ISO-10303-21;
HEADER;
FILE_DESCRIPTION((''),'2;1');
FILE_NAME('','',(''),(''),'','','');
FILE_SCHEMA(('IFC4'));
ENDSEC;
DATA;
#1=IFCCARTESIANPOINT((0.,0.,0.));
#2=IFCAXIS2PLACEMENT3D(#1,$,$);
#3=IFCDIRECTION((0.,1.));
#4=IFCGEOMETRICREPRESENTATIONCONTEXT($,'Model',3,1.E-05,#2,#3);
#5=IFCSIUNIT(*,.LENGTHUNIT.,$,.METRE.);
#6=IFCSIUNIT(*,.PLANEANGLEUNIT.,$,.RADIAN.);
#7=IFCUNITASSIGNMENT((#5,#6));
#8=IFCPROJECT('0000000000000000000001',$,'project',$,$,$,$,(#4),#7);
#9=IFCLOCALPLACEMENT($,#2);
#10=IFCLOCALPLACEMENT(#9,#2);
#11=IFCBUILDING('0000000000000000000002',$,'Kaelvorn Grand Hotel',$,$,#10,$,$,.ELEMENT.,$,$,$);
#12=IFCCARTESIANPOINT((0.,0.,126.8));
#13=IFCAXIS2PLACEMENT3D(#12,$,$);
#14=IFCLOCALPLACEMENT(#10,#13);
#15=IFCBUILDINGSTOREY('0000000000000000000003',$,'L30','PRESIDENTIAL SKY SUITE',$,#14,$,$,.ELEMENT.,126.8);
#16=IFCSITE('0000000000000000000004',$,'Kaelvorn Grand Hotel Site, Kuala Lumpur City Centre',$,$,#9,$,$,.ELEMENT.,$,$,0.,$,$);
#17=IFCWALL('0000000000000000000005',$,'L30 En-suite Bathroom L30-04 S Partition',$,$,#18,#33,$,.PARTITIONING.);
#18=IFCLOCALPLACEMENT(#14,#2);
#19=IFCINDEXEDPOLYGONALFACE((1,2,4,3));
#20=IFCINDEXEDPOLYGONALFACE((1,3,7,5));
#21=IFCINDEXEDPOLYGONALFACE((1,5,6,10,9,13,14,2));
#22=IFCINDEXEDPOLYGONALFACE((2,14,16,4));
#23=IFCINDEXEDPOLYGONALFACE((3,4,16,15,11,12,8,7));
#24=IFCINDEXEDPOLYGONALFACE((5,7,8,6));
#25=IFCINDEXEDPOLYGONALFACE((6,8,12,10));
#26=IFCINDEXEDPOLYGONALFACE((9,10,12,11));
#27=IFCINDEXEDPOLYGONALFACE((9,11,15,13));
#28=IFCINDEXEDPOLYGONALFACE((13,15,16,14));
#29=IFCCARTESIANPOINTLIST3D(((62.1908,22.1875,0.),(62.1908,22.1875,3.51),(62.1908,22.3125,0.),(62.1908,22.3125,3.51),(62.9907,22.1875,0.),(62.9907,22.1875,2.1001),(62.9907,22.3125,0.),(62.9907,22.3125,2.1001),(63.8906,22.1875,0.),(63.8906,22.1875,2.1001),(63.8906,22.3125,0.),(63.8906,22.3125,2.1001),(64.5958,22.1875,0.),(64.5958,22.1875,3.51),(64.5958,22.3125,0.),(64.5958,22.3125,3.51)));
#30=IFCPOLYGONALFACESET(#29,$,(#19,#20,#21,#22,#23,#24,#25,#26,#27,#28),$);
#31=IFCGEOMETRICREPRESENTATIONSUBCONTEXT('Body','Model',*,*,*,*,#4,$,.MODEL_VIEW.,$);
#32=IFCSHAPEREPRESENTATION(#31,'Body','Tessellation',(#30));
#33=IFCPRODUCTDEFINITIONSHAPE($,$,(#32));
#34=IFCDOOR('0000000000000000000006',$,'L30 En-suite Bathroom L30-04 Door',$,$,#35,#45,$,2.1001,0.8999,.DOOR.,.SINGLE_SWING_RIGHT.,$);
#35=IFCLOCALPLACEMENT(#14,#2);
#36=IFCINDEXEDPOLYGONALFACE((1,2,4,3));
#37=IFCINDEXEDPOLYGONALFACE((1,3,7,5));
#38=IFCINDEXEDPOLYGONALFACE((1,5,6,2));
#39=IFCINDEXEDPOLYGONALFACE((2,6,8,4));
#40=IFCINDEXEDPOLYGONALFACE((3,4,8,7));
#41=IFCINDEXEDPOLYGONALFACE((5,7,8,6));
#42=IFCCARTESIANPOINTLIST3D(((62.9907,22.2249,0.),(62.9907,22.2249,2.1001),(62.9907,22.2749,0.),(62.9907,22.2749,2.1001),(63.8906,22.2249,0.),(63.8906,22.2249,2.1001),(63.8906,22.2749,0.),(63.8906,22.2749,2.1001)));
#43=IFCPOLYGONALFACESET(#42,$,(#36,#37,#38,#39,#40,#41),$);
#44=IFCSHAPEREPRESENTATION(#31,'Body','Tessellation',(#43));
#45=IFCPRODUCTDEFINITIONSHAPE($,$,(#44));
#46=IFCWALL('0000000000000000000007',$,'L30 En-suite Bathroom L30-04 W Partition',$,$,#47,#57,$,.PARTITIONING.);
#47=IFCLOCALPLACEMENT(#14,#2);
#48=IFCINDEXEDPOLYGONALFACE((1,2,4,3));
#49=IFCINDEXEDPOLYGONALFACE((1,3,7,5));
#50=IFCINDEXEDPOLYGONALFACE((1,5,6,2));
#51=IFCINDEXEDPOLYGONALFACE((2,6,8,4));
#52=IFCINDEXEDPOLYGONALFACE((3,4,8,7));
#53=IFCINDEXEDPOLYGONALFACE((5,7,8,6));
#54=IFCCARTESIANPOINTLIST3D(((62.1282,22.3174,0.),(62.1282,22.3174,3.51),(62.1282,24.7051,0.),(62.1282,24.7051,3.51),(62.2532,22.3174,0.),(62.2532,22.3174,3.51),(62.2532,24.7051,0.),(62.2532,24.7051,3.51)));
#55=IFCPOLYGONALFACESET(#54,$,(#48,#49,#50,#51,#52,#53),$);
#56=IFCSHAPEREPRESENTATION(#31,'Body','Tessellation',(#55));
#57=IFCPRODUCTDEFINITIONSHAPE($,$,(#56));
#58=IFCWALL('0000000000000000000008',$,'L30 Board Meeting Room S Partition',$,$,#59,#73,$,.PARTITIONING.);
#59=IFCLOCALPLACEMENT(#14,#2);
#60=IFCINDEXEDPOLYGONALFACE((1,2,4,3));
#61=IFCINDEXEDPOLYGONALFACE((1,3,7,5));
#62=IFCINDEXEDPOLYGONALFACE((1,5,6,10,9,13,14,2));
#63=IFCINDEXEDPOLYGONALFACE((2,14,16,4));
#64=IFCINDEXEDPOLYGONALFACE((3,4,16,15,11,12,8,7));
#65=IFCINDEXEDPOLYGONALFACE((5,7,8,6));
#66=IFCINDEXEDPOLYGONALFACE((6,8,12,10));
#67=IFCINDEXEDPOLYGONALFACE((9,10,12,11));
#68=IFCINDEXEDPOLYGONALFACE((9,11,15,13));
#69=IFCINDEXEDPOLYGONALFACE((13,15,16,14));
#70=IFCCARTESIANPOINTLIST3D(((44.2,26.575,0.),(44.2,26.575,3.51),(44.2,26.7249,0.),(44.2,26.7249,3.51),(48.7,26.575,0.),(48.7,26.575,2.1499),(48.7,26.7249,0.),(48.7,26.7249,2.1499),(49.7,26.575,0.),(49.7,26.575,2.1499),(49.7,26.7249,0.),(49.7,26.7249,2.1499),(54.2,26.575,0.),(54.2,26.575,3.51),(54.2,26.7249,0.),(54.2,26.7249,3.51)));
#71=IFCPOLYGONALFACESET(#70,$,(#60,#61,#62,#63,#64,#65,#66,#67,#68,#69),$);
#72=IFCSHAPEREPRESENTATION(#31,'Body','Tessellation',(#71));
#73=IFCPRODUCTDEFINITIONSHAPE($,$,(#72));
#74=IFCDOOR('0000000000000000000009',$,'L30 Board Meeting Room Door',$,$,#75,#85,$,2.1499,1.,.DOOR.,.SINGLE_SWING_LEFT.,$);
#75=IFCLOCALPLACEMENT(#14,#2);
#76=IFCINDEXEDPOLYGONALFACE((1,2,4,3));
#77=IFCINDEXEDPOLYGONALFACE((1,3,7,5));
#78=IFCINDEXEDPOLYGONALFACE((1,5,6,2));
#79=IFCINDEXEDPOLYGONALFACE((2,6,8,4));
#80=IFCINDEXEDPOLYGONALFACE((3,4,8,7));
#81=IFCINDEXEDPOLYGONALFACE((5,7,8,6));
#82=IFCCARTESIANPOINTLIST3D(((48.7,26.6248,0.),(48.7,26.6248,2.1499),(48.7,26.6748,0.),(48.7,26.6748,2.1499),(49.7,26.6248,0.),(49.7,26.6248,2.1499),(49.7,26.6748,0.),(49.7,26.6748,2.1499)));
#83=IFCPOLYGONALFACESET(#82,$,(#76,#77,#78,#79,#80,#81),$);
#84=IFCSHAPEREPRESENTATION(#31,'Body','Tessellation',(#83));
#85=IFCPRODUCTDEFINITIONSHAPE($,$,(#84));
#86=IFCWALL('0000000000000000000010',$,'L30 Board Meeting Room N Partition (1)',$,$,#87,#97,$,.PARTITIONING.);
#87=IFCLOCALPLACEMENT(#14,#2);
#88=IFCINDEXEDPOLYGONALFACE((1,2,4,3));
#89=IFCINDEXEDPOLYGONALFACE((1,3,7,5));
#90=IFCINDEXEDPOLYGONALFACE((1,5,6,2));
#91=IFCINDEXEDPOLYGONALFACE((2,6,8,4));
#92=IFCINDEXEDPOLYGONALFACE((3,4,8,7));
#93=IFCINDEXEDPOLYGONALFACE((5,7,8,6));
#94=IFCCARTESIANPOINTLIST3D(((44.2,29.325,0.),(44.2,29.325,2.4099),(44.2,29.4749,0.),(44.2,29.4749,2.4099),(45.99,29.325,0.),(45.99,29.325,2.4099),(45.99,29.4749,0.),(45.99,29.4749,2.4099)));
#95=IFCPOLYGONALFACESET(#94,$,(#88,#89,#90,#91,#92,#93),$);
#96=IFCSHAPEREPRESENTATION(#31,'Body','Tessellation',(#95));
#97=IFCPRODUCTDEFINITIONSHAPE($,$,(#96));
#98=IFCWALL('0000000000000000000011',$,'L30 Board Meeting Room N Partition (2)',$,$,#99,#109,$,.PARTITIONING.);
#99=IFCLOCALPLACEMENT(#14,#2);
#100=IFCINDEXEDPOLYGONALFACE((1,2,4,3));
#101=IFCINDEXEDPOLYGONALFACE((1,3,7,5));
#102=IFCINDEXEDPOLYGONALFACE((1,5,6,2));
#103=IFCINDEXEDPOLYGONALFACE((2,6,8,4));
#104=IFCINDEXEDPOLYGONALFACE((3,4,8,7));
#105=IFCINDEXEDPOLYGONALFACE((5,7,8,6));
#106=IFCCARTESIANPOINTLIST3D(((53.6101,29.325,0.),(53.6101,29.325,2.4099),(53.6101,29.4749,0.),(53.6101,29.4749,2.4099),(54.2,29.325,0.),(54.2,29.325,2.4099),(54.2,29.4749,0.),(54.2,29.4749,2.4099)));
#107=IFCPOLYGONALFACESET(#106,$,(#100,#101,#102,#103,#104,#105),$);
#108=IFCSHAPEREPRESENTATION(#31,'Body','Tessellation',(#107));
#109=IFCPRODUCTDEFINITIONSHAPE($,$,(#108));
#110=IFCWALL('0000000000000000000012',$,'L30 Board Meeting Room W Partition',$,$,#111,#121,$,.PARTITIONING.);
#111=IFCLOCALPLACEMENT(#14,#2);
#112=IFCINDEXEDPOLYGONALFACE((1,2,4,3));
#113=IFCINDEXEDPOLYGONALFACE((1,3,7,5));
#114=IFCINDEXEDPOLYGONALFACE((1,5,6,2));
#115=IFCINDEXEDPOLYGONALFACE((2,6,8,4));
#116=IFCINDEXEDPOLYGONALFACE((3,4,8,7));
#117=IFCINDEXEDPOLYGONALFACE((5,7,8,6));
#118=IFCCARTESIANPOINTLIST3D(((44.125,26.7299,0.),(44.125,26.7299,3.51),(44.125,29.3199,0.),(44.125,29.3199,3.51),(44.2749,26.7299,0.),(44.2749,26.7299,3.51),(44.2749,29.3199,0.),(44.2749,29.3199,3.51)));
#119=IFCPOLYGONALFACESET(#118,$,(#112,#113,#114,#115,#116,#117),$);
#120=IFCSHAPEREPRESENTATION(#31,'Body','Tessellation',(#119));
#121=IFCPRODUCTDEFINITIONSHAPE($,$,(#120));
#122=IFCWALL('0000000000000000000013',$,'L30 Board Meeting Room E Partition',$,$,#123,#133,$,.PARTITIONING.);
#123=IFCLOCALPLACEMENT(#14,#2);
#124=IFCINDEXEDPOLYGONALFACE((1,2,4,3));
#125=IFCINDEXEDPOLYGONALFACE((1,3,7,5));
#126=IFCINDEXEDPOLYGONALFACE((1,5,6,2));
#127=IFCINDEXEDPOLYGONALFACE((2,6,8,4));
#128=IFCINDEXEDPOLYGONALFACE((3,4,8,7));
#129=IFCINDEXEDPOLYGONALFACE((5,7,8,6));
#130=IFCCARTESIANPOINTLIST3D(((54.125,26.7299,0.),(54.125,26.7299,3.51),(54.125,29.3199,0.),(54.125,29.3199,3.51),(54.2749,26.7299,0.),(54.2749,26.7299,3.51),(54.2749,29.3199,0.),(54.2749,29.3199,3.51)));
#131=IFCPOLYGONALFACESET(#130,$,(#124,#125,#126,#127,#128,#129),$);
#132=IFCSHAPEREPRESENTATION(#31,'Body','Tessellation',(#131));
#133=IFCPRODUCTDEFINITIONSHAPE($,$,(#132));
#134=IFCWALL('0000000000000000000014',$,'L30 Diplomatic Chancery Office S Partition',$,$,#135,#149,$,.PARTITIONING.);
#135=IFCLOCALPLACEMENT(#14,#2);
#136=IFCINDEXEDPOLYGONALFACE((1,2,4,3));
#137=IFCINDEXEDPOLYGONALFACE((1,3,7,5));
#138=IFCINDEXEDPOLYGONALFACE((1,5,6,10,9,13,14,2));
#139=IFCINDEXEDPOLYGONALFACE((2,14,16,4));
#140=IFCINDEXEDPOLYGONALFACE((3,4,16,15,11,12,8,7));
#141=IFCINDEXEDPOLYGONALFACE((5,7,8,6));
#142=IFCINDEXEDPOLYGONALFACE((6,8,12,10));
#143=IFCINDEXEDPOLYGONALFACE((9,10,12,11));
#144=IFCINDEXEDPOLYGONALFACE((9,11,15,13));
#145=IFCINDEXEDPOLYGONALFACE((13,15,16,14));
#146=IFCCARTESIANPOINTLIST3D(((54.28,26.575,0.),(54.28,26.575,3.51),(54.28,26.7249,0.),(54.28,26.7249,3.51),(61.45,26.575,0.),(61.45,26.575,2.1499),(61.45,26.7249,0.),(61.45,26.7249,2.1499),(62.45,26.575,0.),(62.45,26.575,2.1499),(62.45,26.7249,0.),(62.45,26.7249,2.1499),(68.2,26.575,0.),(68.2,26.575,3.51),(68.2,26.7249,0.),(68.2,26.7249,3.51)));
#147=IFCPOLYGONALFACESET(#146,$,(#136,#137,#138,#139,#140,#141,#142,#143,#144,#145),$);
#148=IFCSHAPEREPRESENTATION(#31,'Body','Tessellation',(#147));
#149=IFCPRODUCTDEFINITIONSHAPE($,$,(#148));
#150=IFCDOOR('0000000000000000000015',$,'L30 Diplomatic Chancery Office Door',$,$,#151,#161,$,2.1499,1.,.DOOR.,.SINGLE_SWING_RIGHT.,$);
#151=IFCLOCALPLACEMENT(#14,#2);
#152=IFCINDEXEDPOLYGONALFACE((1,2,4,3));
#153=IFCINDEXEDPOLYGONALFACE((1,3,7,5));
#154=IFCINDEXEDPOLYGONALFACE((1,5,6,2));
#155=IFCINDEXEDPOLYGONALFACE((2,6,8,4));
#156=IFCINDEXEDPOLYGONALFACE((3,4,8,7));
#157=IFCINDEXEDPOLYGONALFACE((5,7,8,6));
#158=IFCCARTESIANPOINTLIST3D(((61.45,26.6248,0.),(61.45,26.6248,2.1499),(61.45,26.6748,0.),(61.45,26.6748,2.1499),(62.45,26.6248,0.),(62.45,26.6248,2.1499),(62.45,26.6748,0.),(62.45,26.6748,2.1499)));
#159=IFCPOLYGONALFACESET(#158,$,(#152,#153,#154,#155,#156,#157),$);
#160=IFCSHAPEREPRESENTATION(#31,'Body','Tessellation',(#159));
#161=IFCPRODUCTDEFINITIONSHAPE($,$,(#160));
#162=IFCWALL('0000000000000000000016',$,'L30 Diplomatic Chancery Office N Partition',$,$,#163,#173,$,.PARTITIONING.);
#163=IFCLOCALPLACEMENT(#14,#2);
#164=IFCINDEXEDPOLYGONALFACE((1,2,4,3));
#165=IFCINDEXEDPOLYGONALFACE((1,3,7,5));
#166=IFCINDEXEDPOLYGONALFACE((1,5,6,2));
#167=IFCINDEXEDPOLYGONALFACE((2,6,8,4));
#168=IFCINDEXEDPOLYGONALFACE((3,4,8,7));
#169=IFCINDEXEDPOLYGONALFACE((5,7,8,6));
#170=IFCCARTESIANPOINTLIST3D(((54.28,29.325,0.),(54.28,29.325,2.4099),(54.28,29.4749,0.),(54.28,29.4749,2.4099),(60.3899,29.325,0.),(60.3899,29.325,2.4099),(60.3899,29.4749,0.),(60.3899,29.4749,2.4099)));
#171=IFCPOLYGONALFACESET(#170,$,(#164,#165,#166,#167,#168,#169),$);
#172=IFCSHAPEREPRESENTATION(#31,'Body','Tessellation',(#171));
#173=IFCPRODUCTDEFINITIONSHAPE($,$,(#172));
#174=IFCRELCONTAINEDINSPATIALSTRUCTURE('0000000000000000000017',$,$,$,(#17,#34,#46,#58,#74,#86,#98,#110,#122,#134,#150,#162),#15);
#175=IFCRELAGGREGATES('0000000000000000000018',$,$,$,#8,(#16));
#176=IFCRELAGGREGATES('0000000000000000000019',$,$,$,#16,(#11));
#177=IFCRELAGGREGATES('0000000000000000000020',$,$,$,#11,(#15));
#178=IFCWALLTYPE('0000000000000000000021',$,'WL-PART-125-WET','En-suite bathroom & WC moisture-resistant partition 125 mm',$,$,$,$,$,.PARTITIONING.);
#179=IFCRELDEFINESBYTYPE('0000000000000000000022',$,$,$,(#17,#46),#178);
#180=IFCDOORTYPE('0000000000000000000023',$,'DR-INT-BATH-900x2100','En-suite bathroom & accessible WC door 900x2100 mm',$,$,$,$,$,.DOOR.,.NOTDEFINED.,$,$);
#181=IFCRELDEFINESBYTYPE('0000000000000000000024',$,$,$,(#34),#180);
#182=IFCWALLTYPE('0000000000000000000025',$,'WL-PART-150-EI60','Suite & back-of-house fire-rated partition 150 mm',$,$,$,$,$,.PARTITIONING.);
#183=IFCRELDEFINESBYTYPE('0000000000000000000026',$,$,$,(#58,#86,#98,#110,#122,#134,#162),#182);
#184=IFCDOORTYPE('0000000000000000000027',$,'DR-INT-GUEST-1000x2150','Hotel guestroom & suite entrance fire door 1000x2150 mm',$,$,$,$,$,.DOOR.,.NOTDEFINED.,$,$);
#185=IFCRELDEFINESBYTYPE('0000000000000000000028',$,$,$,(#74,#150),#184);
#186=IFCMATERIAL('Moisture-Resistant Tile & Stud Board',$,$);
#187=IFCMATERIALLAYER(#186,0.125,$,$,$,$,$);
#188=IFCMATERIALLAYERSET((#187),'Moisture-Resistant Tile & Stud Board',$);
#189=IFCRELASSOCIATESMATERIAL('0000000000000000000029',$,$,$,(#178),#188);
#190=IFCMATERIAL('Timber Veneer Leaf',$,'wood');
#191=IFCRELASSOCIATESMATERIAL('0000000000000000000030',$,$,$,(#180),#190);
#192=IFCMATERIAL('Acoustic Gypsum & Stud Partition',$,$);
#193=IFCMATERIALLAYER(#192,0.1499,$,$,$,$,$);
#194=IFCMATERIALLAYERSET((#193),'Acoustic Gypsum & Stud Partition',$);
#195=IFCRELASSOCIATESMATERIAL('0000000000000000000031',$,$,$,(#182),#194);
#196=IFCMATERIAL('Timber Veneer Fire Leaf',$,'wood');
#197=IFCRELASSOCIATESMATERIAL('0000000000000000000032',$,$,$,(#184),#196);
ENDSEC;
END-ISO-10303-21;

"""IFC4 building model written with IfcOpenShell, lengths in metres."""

from ifc_helpers import new_model, si_unit, direction, frame, frame_2d, origin, place, context, subcontext, project, spatial, rectangle, extrude, material, layer, layer_set, type_object, element, fill, save


model = new_model("IFC4")

# Units and contexts
model_context = context("Model", 3, precision=1e-05, world=origin(), true_north=direction((0.0, 1.0)))
body_context = subcontext(model_context, "Body", "Model", "MODEL_VIEW")
ifc_project = project(units=[si_unit("LENGTHUNIT", "METRE"), si_unit("PLANEANGLEUNIT", "RADIAN")], contexts=[model_context])

# Site, building, storey
site_placement = place(None, origin())
site = spatial("IfcSite", under=ifc_project, at=site_placement, Name="Kaelvorn Grand Hotel Site, Kuala Lumpur City Centre", CompositionType="ELEMENT", RefElevation=0.0)
building_placement = place(site_placement, origin())
building = spatial("IfcBuilding", under=site, at=building_placement, Name="Kaelvorn Grand Hotel", CompositionType="ELEMENT")
storey_placement = place(building_placement, frame((0.0, 0.0, 126.8)))
storey = spatial("IfcBuildingStorey", under=building, at=storey_placement, Name="L30", Description="PRESIDENTIAL SKY SUITE", CompositionType="ELEMENT", Elevation=126.8)

# Shared definitions
ifc_material_1 = material(Name="Moisture-Resistant Tile & Stud Board")
ifc_layer_1 = layer(ifc_material_1, 0.125)
ifc_layer_set_1 = layer_set([ifc_layer_1], Name="Moisture-Resistant Tile & Stud Board")
wall_type_1 = type_object("IfcWallType", Name="WL-PART-125-WET", Description="En-suite bathroom & WC moisture-resistant partition 125 mm", PredefinedType="PARTITIONING", material=ifc_layer_set_1)
ifc_material_2 = material(Name="Timber Veneer Leaf", Category="wood")
door_type_1 = type_object("IfcDoorType", Name="DR-INT-BATH-900x2100", Description="En-suite bathroom & accessible WC door 900x2100 mm", OperationType="NOTDEFINED", PredefinedType="DOOR", material=ifc_material_2)

# Wall, opening, door
wall_1_placement = place(storey_placement, frame((62.1907, 22.25, 0.0), z_axis=(0.0, 0.0, 1.0), x_axis=(1.0, 0.0, 0.0)))
wall_1 = element("IfcWall", 1, at=wall_1_placement, inside=storey, type_object=wall_type_1, Name="L30 En-suite Bathroom L30-04 S Partition", PredefinedType="PARTITIONING", context=body_context, shape_type="SweptSolid", body=[
    extrude(rectangle(XDim=2.405, YDim=0.125, at=frame_2d((1.2026, 0.0))), origin(), (0.0, 0.0, 1.0), 3.51),
])
opening_1_placement = place(wall_1_placement, frame((0.8, 0.0, 0.0)))
opening_1 = element("IfcOpeningElement", 2, at=opening_1_placement, cuts=wall_1, PredefinedType="OPENING", context=body_context, shape_type="SweptSolid", body=[
    extrude(rectangle(XDim=0.8999, YDim=2.1001, at=frame_2d((0.45, 1.05))), frame((0.0, 0.0725, 0.0), z_axis=(0.0, -1.0, 0.0), x_axis=(1.0, 0.0, 0.0)), (0.0, 0.0, 1.0), 0.145),
])
door_1_placement = place(opening_1_placement, origin())
door_1 = element("IfcDoor", 3, at=door_1_placement, inside=storey, type_object=door_type_1, Name="L30 En-suite Bathroom L30-04 Door", OperationType="SINGLE_SWING_RIGHT", OverallHeight=2.1001, OverallWidth=0.8999, PredefinedType="DOOR", context=body_context, shape_type="SweptSolid", body=[
    extrude(rectangle(XDim=0.8999, YDim=2.1001, at=frame_2d((0.45, 1.05))), frame((0.0, 0.0249, 0.0), z_axis=(0.0, -1.0, 0.0), x_axis=(1.0, 0.0, 0.0)), (0.0, 0.0, 1.0), 0.05),
])
fill(opening_1, door_1)

# Wall
wall_2_placement = place(storey_placement, frame((62.1907, 22.3174, 0.0), z_axis=(0.0, 0.0, 1.0), x_axis=(0.0, 1.0, 0.0)))
element("IfcWall", 4, at=wall_2_placement, inside=storey, type_object=wall_type_1, Name="L30 En-suite Bathroom L30-04 W Partition", PredefinedType="PARTITIONING", context=body_context, shape_type="SweptSolid", body=[
    extrude(rectangle(XDim=2.3877, YDim=0.125, at=frame_2d((1.1938, 0.0))), origin(), (0.0, 0.0, 1.0), 3.51),
])

# Wall, opening, door
ifc_material_3 = material(Name="Acoustic Gypsum & Stud Partition")
ifc_layer_2 = layer(ifc_material_3, 0.1499)
ifc_layer_set_2 = layer_set([ifc_layer_2], Name="Acoustic Gypsum & Stud Partition")
wall_type_2 = type_object("IfcWallType", Name="WL-PART-150-EI60", Description="Suite & back-of-house fire-rated partition 150 mm", PredefinedType="PARTITIONING", material=ifc_layer_set_2)
wall_3_placement = place(storey_placement, frame((44.2, 26.6499, 0.0), z_axis=(0.0, 0.0, 1.0), x_axis=(1.0, 0.0, 0.0)))
wall_3 = element("IfcWall", 5, at=wall_3_placement, inside=storey, type_object=wall_type_2, Name="L30 Board Meeting Room S Partition", PredefinedType="PARTITIONING", context=body_context, shape_type="SweptSolid", body=[
    extrude(rectangle(XDim=10.0, YDim=0.1499, at=frame_2d((5.0, 0.0))), origin(), (0.0, 0.0, 1.0), 3.51),
])
opening_2_placement = place(wall_3_placement, frame((4.5, 0.0, 0.0)))
opening_2 = element("IfcOpeningElement", 6, at=opening_2_placement, cuts=wall_3, PredefinedType="OPENING", context=body_context, shape_type="SweptSolid", body=[
    extrude(rectangle(XDim=1.0, YDim=2.1499, at=frame_2d((0.5, 1.075))), frame((0.0, 0.085, 0.0), z_axis=(0.0, -1.0, 0.0), x_axis=(1.0, 0.0, 0.0)), (0.0, 0.0, 1.0), 0.1699),
])
ifc_material_4 = material(Name="Timber Veneer Fire Leaf", Category="wood")
door_type_2 = type_object("IfcDoorType", Name="DR-INT-GUEST-1000x2150", Description="Hotel guestroom & suite entrance fire door 1000x2150 mm", OperationType="NOTDEFINED", PredefinedType="DOOR", material=ifc_material_4)
door_2_placement = place(opening_2_placement, origin())
door_2 = element("IfcDoor", 7, at=door_2_placement, inside=storey, type_object=door_type_2, Name="L30 Board Meeting Room Door", OperationType="SINGLE_SWING_LEFT", OverallHeight=2.1499, OverallWidth=1.0, PredefinedType="DOOR", context=body_context, shape_type="SweptSolid", body=[
    extrude(rectangle(XDim=1.0, YDim=2.1499, at=frame_2d((0.5, 1.075))), frame((0.0, 0.0249, 0.0), z_axis=(0.0, -1.0, 0.0), x_axis=(1.0, 0.0, 0.0)), (0.0, 0.0, 1.0), 0.05),
])
fill(opening_2, door_2)

# Walls
wall_4_placement = place(storey_placement, frame((44.2, 29.3999, 0.0), z_axis=(0.0, 0.0, 1.0), x_axis=(1.0, 0.0, 0.0)))
element("IfcWall", 8, at=wall_4_placement, inside=storey, type_object=wall_type_2, Name="L30 Board Meeting Room N Partition (1)", PredefinedType="PARTITIONING", context=body_context, shape_type="SweptSolid", body=[
    extrude(rectangle(XDim=1.79, YDim=0.1499, at=frame_2d((0.895, 0.0))), origin(), (0.0, 0.0, 1.0), 2.4099),
])
wall_5_placement = place(storey_placement, frame((53.6101, 29.3999, 0.0), z_axis=(0.0, 0.0, 1.0), x_axis=(1.0, 0.0, 0.0)))
element("IfcWall", 9, at=wall_5_placement, inside=storey, type_object=wall_type_2, Name="L30 Board Meeting Room N Partition (2)", PredefinedType="PARTITIONING", context=body_context, shape_type="SweptSolid", body=[
    extrude(rectangle(XDim=0.5898, YDim=0.1499, at=frame_2d((0.2949, 0.0))), origin(), (0.0, 0.0, 1.0), 2.4099),
])
for number, where, z_axis, x_axis, name in (
    (10, (44.2, 26.73, 0.0), (0.0, 0.0, 1.0), (0.0, 1.0, 0.0), "L30 Board Meeting Room W Partition"),
    (11, (54.2, 26.73, 0.0), (0.0, 0.0, 1.0), (0.0, 1.0, 0.0), "L30 Board Meeting Room E Partition"),
):
    element("IfcWall", number, at=place(storey_placement, frame(where, z_axis=z_axis, x_axis=x_axis)), inside=storey, type_object=wall_type_2, Name=name, PredefinedType="PARTITIONING", context=body_context, shape_type="SweptSolid", body=[
        extrude(rectangle(XDim=2.5901, YDim=0.1499, at=frame_2d((1.2949, 0.0))), origin(), (0.0, 0.0, 1.0), 3.51),
    ])

# Wall, opening, door
wall_6_placement = place(storey_placement, frame((54.28, 26.6499, 0.0), z_axis=(0.0, 0.0, 1.0), x_axis=(1.0, 0.0, 0.0)))
wall_6 = element("IfcWall", 12, at=wall_6_placement, inside=storey, type_object=wall_type_2, Name="L30 Diplomatic Chancery Office S Partition", PredefinedType="PARTITIONING", context=body_context, shape_type="SweptSolid", body=[
    extrude(rectangle(XDim=13.9199, YDim=0.1499, at=frame_2d((6.96, 0.0))), origin(), (0.0, 0.0, 1.0), 3.51),
])
opening_3_placement = place(wall_6_placement, frame((7.1699, 0.0, 0.0)))
opening_3 = element("IfcOpeningElement", 13, at=opening_3_placement, cuts=wall_6, PredefinedType="OPENING", context=body_context, shape_type="SweptSolid", body=[
    extrude(rectangle(XDim=1.0, YDim=2.1499, at=frame_2d((0.5, 1.075))), frame((0.0, 0.085, 0.0), z_axis=(0.0, -1.0, 0.0), x_axis=(1.0, 0.0, 0.0)), (0.0, 0.0, 1.0), 0.1699),
])
door_3_placement = place(opening_3_placement, origin())
door_3 = element("IfcDoor", 14, at=door_3_placement, inside=storey, type_object=door_type_2, Name="L30 Diplomatic Chancery Office Door", OperationType="SINGLE_SWING_RIGHT", OverallHeight=2.1499, OverallWidth=1.0, PredefinedType="DOOR", context=body_context, shape_type="SweptSolid", body=[
    extrude(rectangle(XDim=1.0, YDim=2.1499, at=frame_2d((0.5, 1.075))), frame((0.0, 0.0249, 0.0), z_axis=(0.0, -1.0, 0.0), x_axis=(1.0, 0.0, 0.0)), (0.0, 0.0, 1.0), 0.05),
])
fill(opening_3, door_3)

# Wall
wall_7_placement = place(storey_placement, frame((54.28, 29.3999, 0.0), z_axis=(0.0, 0.0, 1.0), x_axis=(1.0, 0.0, 0.0)))
element("IfcWall", 15, at=wall_7_placement, inside=storey, type_object=wall_type_2, Name="L30 Diplomatic Chancery Office N Partition", PredefinedType="PARTITIONING", context=body_context, shape_type="SweptSolid", body=[
    extrude(rectangle(XDim=6.1099, YDim=0.1499, at=frame_2d((3.0549, 0.0))), origin(), (0.0, 0.0, 1.0), 2.4099),
])

save(model, "model.ifc")
